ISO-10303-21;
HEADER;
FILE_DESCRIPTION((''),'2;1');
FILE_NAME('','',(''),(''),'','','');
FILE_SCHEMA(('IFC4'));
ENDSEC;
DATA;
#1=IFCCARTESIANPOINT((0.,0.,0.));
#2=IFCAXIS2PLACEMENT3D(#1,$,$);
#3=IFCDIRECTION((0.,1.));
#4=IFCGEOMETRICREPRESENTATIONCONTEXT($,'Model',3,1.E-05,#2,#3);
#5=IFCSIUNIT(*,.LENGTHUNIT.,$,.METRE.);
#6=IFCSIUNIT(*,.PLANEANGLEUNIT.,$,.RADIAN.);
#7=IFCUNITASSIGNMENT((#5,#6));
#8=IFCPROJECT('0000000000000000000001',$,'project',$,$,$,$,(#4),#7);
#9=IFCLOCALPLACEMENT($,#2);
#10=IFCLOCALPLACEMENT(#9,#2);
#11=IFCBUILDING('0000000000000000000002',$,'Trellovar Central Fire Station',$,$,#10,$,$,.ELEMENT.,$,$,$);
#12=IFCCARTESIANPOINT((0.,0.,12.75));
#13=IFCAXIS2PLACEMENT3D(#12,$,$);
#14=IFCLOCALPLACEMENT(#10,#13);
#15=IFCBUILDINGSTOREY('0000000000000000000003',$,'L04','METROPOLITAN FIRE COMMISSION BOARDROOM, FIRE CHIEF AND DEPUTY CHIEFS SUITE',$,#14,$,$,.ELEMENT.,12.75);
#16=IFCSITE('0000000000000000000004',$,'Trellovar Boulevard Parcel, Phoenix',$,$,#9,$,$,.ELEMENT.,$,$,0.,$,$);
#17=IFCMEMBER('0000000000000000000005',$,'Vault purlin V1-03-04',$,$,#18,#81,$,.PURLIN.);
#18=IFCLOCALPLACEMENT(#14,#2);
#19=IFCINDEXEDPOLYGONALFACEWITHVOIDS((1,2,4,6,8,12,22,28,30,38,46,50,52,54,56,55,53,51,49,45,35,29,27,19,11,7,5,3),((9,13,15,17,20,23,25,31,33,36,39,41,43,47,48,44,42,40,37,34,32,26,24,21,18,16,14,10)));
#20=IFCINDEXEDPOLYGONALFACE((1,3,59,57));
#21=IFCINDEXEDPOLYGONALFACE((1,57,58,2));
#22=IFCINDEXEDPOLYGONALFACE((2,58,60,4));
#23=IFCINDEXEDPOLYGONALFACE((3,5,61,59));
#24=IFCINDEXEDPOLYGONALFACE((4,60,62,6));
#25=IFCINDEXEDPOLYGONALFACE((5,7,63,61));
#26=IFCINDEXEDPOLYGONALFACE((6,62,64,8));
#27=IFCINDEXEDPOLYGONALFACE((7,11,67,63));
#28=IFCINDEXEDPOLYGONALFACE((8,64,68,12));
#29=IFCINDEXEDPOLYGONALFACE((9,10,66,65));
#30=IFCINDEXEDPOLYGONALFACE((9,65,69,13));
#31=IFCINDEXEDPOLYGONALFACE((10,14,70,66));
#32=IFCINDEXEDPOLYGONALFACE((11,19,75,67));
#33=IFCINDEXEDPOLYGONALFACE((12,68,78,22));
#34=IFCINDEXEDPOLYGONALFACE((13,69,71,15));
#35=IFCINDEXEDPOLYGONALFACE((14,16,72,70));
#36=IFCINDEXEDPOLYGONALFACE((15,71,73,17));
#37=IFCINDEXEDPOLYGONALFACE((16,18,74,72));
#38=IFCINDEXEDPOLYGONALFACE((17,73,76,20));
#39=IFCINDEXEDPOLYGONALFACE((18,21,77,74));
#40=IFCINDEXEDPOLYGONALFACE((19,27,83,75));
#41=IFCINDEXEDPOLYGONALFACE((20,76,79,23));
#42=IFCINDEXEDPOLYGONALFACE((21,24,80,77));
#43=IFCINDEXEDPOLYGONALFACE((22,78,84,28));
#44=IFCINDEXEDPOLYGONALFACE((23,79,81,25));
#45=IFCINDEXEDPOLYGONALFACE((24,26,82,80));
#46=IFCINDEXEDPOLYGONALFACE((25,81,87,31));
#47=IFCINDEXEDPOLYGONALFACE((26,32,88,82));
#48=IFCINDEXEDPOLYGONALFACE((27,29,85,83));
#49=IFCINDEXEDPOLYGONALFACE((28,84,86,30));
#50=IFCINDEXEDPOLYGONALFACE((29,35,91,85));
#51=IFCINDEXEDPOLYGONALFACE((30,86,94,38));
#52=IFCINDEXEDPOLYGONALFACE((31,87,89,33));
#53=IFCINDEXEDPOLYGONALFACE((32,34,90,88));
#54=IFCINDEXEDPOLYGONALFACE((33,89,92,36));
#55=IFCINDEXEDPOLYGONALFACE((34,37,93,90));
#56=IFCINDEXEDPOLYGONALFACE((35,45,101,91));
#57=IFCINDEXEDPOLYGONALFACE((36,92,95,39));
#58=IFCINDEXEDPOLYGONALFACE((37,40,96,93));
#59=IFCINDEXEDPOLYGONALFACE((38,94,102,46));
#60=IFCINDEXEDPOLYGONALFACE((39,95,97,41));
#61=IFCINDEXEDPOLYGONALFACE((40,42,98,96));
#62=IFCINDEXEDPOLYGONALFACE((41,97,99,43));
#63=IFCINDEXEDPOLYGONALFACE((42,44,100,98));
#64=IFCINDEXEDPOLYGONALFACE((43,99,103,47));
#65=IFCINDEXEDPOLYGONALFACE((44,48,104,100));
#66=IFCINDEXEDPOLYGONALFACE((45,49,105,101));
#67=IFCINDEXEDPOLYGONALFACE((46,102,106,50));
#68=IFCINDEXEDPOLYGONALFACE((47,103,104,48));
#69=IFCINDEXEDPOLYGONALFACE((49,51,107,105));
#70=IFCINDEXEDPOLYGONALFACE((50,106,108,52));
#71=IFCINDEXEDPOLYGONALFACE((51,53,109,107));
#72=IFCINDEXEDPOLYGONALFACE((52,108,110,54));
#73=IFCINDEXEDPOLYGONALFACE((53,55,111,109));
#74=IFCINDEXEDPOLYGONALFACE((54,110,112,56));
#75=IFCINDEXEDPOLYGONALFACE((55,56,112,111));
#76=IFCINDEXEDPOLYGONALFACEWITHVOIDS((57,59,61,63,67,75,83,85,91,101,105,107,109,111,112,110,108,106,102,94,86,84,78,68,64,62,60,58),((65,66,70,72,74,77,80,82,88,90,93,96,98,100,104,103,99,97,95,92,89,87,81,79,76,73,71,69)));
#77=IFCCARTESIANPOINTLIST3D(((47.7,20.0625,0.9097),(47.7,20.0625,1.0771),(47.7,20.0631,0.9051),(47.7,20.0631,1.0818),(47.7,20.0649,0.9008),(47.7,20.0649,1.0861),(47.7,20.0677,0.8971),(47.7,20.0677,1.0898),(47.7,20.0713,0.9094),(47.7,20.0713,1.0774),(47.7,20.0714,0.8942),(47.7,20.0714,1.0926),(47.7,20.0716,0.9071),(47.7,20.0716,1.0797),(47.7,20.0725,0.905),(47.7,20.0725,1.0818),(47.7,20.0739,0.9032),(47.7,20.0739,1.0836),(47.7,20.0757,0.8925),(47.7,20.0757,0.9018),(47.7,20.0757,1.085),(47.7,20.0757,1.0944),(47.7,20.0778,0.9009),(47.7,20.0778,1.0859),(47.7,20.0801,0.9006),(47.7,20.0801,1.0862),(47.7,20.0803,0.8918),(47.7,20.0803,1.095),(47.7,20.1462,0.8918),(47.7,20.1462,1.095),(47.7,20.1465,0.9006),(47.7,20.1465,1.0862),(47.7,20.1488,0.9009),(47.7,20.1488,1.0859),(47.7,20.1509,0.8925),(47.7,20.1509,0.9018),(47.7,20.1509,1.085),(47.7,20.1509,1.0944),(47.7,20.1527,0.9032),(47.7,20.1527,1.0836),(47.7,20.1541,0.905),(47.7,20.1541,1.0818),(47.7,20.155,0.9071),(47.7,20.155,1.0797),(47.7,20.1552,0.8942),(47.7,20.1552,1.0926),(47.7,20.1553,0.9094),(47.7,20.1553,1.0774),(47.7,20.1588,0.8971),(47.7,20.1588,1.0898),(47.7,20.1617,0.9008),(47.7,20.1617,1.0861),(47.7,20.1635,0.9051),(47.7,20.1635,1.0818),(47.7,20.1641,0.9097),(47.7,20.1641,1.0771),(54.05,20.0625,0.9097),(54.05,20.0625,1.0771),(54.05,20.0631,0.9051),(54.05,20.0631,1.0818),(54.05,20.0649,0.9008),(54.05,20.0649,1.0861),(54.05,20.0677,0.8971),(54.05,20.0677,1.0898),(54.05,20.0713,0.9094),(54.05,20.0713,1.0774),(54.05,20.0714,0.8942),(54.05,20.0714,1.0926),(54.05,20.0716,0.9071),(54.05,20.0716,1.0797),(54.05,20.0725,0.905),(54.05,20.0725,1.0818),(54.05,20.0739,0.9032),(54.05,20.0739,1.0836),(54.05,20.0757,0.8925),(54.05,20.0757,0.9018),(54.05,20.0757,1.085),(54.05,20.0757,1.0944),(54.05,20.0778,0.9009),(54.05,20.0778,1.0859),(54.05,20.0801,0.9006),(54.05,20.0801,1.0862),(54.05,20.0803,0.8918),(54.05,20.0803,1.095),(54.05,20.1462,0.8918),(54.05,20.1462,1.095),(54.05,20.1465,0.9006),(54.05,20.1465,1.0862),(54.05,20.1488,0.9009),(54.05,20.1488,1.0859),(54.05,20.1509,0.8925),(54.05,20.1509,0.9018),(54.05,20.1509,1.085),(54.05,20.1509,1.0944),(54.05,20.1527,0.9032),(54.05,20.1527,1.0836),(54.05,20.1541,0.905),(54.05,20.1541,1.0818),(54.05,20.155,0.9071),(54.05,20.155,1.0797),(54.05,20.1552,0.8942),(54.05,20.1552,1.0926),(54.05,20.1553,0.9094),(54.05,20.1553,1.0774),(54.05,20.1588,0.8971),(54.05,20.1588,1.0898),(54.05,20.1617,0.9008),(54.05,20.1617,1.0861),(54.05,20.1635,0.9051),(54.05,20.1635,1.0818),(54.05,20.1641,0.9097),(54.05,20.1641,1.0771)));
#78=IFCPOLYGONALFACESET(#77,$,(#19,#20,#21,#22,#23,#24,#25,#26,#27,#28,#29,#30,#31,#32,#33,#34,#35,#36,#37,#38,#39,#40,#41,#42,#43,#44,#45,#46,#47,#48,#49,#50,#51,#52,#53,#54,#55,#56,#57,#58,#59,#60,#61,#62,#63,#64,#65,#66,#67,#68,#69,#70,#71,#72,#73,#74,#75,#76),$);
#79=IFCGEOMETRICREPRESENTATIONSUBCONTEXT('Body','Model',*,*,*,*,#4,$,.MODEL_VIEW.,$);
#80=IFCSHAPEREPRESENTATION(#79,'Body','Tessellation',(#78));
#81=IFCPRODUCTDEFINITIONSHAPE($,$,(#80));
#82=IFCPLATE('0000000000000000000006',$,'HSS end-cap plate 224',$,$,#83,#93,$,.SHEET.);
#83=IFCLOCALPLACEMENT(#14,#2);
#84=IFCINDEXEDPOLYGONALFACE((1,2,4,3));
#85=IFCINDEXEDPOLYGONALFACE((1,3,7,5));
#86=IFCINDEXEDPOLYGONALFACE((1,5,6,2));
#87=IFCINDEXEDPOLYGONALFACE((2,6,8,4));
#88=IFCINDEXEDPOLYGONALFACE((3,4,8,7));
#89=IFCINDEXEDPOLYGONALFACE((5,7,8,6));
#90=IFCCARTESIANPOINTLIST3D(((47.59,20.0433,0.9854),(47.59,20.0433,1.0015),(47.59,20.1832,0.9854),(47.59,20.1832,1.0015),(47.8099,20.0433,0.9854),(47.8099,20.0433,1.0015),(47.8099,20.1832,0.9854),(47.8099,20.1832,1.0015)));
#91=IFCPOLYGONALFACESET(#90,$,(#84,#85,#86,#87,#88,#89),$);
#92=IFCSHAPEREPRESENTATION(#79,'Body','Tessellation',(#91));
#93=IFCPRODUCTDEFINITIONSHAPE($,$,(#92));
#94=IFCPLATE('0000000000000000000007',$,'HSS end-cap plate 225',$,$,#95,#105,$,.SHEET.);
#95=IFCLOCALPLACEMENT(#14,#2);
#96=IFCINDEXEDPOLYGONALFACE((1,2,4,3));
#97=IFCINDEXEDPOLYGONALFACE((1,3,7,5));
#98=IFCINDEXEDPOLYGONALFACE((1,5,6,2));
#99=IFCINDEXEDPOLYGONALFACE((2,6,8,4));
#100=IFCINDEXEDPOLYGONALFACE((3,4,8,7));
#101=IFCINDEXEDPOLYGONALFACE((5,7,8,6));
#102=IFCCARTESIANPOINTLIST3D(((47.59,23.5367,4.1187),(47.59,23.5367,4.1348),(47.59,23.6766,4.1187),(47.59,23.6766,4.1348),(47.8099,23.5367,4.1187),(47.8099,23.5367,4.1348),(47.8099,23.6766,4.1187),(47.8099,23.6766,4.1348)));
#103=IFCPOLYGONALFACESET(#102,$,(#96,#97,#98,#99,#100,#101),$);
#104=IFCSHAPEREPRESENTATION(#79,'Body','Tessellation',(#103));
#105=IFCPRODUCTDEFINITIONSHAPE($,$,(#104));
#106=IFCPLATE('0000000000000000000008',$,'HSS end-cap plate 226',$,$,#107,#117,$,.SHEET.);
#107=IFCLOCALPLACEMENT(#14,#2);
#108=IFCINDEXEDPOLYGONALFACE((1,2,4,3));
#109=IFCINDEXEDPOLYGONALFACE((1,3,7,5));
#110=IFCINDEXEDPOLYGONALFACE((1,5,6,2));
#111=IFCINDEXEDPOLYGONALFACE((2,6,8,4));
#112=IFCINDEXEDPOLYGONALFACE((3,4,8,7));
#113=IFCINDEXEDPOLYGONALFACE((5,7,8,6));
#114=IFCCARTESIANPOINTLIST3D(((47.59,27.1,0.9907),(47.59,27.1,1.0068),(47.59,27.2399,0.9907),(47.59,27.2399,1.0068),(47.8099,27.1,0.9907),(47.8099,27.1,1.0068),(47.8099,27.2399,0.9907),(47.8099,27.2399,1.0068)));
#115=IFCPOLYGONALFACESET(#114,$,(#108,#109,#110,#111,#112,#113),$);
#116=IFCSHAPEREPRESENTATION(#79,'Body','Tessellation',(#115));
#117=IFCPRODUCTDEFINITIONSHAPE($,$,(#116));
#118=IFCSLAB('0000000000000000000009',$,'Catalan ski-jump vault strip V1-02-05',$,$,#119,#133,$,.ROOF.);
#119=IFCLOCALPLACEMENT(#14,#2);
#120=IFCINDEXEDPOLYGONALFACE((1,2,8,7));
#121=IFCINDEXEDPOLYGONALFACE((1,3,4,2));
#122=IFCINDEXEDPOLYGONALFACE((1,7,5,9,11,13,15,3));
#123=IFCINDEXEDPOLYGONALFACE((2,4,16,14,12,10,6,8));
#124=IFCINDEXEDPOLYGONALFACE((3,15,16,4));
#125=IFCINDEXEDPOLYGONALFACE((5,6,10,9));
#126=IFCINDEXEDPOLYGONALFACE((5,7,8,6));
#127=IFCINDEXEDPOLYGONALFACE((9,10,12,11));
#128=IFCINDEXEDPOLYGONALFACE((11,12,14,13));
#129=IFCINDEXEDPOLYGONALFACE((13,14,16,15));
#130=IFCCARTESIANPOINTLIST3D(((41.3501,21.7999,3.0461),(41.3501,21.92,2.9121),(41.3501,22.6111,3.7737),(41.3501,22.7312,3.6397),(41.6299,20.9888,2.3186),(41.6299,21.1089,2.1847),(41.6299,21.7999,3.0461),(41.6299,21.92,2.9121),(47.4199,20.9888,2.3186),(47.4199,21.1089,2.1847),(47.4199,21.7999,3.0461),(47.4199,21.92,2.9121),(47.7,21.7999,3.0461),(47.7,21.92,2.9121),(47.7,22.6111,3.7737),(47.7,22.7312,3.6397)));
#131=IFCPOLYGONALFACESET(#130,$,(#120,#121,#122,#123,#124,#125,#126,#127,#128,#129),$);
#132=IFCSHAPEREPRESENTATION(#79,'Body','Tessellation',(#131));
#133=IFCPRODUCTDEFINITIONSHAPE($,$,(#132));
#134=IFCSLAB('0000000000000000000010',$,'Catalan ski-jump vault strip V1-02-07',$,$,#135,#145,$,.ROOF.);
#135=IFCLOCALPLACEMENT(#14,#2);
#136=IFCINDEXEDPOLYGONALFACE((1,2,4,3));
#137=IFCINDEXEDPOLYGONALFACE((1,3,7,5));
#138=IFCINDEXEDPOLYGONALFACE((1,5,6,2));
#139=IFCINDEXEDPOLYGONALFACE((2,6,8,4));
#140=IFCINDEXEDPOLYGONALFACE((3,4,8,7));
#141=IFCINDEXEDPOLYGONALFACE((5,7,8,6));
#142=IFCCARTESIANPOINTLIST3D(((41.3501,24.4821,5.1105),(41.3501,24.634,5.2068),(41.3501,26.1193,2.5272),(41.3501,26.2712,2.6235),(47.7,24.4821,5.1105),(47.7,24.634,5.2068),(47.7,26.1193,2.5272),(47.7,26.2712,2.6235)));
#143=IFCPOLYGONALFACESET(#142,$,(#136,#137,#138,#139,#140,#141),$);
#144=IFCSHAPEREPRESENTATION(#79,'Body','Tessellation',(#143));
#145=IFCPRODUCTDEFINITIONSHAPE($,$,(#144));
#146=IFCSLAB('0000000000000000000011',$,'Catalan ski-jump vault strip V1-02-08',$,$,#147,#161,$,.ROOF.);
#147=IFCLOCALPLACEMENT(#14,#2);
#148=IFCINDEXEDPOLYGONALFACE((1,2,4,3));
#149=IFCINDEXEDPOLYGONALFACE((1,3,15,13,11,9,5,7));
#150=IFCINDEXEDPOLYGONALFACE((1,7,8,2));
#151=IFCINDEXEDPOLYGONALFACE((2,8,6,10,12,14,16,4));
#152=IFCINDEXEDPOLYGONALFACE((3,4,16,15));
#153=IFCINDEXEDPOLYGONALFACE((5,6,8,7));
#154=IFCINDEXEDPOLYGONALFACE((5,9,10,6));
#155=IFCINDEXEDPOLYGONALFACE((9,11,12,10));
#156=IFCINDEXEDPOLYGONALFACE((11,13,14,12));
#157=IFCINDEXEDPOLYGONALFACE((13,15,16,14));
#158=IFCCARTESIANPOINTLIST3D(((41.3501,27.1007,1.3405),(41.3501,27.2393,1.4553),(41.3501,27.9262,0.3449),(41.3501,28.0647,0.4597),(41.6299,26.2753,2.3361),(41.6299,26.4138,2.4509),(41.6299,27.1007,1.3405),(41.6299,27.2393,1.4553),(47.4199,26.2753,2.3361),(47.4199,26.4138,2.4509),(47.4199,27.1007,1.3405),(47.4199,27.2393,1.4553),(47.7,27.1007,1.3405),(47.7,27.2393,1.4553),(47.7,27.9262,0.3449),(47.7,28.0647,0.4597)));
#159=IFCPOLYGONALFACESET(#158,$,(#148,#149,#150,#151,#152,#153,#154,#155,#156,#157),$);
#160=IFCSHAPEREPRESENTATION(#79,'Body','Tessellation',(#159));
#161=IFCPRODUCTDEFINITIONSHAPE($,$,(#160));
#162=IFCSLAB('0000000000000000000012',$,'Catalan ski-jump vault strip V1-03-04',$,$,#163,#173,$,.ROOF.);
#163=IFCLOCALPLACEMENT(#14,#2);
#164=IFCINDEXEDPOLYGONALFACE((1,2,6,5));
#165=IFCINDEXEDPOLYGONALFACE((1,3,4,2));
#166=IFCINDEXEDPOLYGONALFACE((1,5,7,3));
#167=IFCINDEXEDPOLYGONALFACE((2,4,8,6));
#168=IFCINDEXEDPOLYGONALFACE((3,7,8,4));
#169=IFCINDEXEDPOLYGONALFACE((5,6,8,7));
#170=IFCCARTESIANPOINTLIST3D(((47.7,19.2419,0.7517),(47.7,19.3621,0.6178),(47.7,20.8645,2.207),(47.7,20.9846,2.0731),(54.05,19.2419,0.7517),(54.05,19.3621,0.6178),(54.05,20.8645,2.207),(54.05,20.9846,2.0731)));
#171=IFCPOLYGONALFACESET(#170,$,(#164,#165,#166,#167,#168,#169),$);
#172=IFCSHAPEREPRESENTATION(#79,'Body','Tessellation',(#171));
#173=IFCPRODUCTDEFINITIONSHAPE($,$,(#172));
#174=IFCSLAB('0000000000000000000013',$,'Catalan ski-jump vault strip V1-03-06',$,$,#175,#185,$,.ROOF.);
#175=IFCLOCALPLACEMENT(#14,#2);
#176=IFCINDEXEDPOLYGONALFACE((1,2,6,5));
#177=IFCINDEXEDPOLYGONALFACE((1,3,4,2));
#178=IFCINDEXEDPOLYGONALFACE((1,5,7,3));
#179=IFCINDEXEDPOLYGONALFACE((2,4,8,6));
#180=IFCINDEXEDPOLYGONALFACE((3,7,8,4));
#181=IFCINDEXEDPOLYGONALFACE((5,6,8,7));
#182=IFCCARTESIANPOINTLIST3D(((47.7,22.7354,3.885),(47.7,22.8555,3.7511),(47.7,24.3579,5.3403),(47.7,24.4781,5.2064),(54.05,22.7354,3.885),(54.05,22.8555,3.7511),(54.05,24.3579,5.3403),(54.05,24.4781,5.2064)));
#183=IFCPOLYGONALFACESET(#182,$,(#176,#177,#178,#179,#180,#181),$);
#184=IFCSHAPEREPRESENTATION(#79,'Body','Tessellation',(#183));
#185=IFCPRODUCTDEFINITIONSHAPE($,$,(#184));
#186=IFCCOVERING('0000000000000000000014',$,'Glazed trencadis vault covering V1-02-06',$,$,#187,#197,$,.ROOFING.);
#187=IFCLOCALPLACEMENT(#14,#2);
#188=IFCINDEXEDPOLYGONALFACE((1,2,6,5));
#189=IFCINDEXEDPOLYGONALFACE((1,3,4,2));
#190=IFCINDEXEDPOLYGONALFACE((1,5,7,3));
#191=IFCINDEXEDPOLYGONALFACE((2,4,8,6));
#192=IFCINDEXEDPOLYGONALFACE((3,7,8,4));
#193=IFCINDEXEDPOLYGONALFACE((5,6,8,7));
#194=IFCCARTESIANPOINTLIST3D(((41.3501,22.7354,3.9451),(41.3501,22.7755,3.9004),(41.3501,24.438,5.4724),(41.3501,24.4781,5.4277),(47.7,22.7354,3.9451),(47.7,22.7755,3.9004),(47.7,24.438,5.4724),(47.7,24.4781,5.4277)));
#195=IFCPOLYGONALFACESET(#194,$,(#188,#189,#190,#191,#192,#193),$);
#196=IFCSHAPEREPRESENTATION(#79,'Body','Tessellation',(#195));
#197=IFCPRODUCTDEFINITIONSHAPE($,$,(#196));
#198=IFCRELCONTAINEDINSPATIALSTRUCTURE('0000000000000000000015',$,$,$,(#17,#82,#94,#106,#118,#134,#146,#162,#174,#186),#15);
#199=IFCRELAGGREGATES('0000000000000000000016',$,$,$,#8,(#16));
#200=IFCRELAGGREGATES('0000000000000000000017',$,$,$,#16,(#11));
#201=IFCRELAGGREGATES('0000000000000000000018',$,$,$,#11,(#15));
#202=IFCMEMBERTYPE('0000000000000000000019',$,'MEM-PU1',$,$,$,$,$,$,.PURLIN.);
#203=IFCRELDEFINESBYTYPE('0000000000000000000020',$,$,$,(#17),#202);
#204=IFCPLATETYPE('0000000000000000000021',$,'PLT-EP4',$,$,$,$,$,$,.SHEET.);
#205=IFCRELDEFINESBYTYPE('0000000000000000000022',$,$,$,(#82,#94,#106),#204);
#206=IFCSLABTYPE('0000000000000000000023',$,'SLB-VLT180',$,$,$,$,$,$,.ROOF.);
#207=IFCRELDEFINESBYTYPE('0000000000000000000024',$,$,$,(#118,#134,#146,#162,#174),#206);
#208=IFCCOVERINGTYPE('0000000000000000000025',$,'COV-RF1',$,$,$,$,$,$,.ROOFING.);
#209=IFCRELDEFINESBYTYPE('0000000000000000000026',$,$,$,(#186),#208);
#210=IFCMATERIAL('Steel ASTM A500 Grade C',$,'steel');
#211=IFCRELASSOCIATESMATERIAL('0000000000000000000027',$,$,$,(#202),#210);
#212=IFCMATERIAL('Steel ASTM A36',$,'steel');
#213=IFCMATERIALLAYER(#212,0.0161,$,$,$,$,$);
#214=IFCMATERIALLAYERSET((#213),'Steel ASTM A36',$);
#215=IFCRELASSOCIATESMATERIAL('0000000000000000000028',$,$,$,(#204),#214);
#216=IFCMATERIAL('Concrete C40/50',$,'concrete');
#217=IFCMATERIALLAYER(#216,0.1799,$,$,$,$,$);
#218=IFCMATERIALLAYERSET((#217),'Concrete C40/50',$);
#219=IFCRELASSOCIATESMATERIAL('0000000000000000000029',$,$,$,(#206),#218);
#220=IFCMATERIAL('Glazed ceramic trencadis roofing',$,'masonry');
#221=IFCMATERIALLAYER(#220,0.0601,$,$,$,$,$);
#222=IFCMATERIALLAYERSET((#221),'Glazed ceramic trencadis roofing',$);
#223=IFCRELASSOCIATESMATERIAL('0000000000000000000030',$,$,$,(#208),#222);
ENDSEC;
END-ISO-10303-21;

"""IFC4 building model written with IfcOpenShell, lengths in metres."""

from ifc_helpers import new_model, si_unit, direction, frame, origin, origin_2d, place, context, subcontext, project, spatial, polyline, rectangle, hollow_rectangle, outline, extrude, material, layer, layer_set, material_profile, profile_set, type_object, element, save


model = new_model("IFC4")

# Units and contexts
model_context = context("Model", 3, precision=1e-05, world=origin(), true_north=direction((0.0, 1.0)))
body_context = subcontext(model_context, "Body", "Model", "MODEL_VIEW")
ifc_project = project(units=[si_unit("LENGTHUNIT", "METRE"), si_unit("PLANEANGLEUNIT", "RADIAN")], contexts=[model_context])

# Site, building, storey
site_placement = place(None, origin())
site = spatial("IfcSite", under=ifc_project, at=site_placement, Name="Trellovar Boulevard Parcel, Phoenix", CompositionType="ELEMENT", RefElevation=0.0)
building_placement = place(site_placement, origin())
building = spatial("IfcBuilding", under=site, at=building_placement, Name="Trellovar Central Fire Station", CompositionType="ELEMENT")
storey_placement = place(building_placement, frame((0.0, 0.0, 12.75)))
storey = spatial("IfcBuildingStorey", under=building, at=storey_placement, Name="L04", Description="METROPOLITAN FIRE COMMISSION BOARDROOM, FIRE CHIEF AND DEPUTY CHIEFS SUITE", CompositionType="ELEMENT", Elevation=12.75)

# Member
ifc_material_1 = material(Name="Steel ASTM A500 Grade C", Category="steel")
ifc_material_profile_1 = material_profile(ifc_material_1, hollow_rectangle(XDim=0.1016, YDim=0.2031, WallThickness=0.0088, InnerFilletRadius=0.0088, OuterFilletRadius=0.0178, at=origin_2d()), Name="HSS8X4X3/8")
ifc_profile_set_1 = profile_set([ifc_material_profile_1], Name="Steel ASTM A500 Grade C")
member_type_1 = type_object("IfcMemberType", Name="MEM-PU1", PredefinedType="PURLIN", material=ifc_profile_set_1)
member_1_placement = place(storey_placement, frame((47.7, 20.1133, 0.9934), z_axis=(1.0, 0.0, 0.0), x_axis=(0.0, 1.0, 0.0)))
element("IfcMember", 1, at=member_1_placement, inside=storey, type_object=member_type_1, Name="Vault purlin V1-03-04", PredefinedType="PURLIN", context=body_context, shape_type="SweptSolid", body=[
    extrude(hollow_rectangle(XDim=0.1016, YDim=0.2031, WallThickness=0.0088, InnerFilletRadius=0.0088, OuterFilletRadius=0.0178, at=origin_2d()), origin(), (0.0, 0.0, 1.0), 6.3501),
])

# Plates
ifc_material_2 = material(Name="Steel ASTM A36", Category="steel")
ifc_layer_1 = layer(ifc_material_2, 0.0161)
ifc_layer_set_1 = layer_set([ifc_layer_1], Name="Steel ASTM A36")
plate_type = type_object("IfcPlateType", Name="PLT-EP4", PredefinedType="SHEET", material=ifc_layer_set_1)
for number, where, z_axis, x_axis, name in (
    (2, (47.7, 20.1133, 0.9854), (0.0, 0.0, 1.0), (1.0, 0.0, 0.0), "HSS end-cap plate 224"),
    (3, (47.7, 23.6067, 4.1187), (0.0, 0.0, 1.0), (1.0, 0.0, 0.0), "HSS end-cap plate 225"),
    (4, (47.7, 27.1699, 0.9907), (0.0, 0.0, 1.0), (1.0, 0.0, 0.0), "HSS end-cap plate 226"),
):
    element("IfcPlate", number, at=place(storey_placement, frame(where, z_axis=z_axis, x_axis=x_axis)), inside=storey, type_object=plate_type, Name=name, PredefinedType="SHEET", context=body_context, shape_type="SweptSolid", body=[
        extrude(rectangle(XDim=0.22, YDim=0.1399, at=origin_2d()), origin(), (0.0, 0.0, 1.0), 0.0161),
    ])

# Slabs
ifc_material_3 = material(Name="Concrete C40/50", Category="concrete")
ifc_layer_2 = layer(ifc_material_3, 0.1799)
ifc_layer_set_2 = layer_set([ifc_layer_2], Name="Concrete C40/50")
slab_type = type_object("IfcSlabType", Name="SLB-VLT180", PredefinedType="ROOF", material=ifc_layer_set_2)
slab_1_placement = place(storey_placement, frame((41.6299, 20.9888, 2.3186), z_axis=(0.0, -0.667692, 0.744437), x_axis=(1.0, 0.0, 0.0)))
element("IfcSlab", 5, at=slab_1_placement, inside=storey, type_object=slab_type, Name="Catalan ski-jump vault strip V1-02-05", PredefinedType="ROOF", context=body_context, shape_type="SweptSolid", body=[
    extrude(outline(polyline([(0.0, 0.0), (5.79, 0.0), (5.79, 1.0895), (6.0701, 1.0895), (6.0701, 2.1793), (-0.2798, 2.1793), (-0.2798, 1.0895), (0.0, 1.0895), (0.0, 0.0)])), origin(), (0.0, 0.0, -1.0), 0.1799),
])
slab_2_placement = place(storey_placement, frame((41.3501, 24.634, 5.2068), z_axis=(0.0, 0.844649, 0.53532), x_axis=(1.0, 0.0, 0.0)))
element("IfcSlab", 6, at=slab_2_placement, inside=storey, type_object=slab_type, Name="Catalan ski-jump vault strip V1-02-07", PredefinedType="ROOF", context=body_context, shape_type="SweptSolid", body=[
    extrude(outline(polyline([(0.0, 0.0), (6.3499, 0.0), (6.3499, 3.0584), (0.0, 3.0584), (0.0, 0.0)])), origin(), (0.0, 0.0, -1.0), 0.1799),
])
slab_3_placement = place(storey_placement, frame((41.6299, 26.4138, 2.4509), z_axis=(0.0, 0.769828, 0.638251), x_axis=(1.0, 0.0, 0.0)))
element("IfcSlab", 7, at=slab_3_placement, inside=storey, type_object=slab_type, Name="Catalan ski-jump vault strip V1-02-08", PredefinedType="ROOF", context=body_context, shape_type="SweptSolid", body=[
    extrude(outline(polyline([(0.0, 0.0), (5.79, 0.0), (5.79, 1.2933), (6.0701, 1.2933), (6.0701, 2.5866), (-0.2798, 2.5866), (-0.2798, 1.2933), (0.0, 1.2933), (0.0, 0.0)])), origin(), (0.0, 0.0, -1.0), 0.1799),
])
for number, where, z_axis, x_axis, name in (
    (8, (47.7, 19.2419, 0.7517), (0.0, -0.667701, 0.744429), (1.0, 0.0, 0.0), "Catalan ski-jump vault strip V1-03-04"),
    (9, (47.7, 22.7354, 3.885), (0.0, -0.667701, 0.744429), (1.0, 0.0, 0.0), "Catalan ski-jump vault strip V1-03-06"),
):
    element("IfcSlab", number, at=place(storey_placement, frame(where, z_axis=z_axis, x_axis=x_axis)), inside=storey, type_object=slab_type, Name=name, PredefinedType="ROOF", context=body_context, shape_type="SweptSolid", body=[
        extrude(outline(polyline([(0.0, 0.0), (6.3501, 0.0), (6.3501, 2.1796), (0.0, 2.1796), (0.0, 0.0)])), origin(), (0.0, 0.0, -1.0), 0.1799),
    ])

# Covering
ifc_material_4 = material(Name="Glazed ceramic trencadis roofing", Category="masonry")
ifc_layer_3 = layer(ifc_material_4, 0.0601)
ifc_layer_set_3 = layer_set([ifc_layer_3], Name="Glazed ceramic trencadis roofing")
covering_type = type_object("IfcCoveringType", Name="COV-RF1", PredefinedType="ROOFING", material=ifc_layer_set_3)
covering_1_placement = place(storey_placement, frame((41.3501, 22.7354, 3.9451), z_axis=(0.0, -0.667749, 0.744386), x_axis=(1.0, 0.0, 0.0)))
element("IfcCovering", 10, at=covering_1_placement, inside=storey, type_object=covering_type, Name="Glazed trencadis vault covering V1-02-06", PredefinedType="ROOFING", context=body_context, shape_type="SweptSolid", body=[
    extrude(outline(polyline([(0.0, 0.0), (6.3499, 0.0), (6.3499, 2.2873), (0.0, 2.2873), (0.0, 0.0)])), origin(), (0.0, 0.0, -1.0), 0.0601),
])

save(model, "model.ifc")
